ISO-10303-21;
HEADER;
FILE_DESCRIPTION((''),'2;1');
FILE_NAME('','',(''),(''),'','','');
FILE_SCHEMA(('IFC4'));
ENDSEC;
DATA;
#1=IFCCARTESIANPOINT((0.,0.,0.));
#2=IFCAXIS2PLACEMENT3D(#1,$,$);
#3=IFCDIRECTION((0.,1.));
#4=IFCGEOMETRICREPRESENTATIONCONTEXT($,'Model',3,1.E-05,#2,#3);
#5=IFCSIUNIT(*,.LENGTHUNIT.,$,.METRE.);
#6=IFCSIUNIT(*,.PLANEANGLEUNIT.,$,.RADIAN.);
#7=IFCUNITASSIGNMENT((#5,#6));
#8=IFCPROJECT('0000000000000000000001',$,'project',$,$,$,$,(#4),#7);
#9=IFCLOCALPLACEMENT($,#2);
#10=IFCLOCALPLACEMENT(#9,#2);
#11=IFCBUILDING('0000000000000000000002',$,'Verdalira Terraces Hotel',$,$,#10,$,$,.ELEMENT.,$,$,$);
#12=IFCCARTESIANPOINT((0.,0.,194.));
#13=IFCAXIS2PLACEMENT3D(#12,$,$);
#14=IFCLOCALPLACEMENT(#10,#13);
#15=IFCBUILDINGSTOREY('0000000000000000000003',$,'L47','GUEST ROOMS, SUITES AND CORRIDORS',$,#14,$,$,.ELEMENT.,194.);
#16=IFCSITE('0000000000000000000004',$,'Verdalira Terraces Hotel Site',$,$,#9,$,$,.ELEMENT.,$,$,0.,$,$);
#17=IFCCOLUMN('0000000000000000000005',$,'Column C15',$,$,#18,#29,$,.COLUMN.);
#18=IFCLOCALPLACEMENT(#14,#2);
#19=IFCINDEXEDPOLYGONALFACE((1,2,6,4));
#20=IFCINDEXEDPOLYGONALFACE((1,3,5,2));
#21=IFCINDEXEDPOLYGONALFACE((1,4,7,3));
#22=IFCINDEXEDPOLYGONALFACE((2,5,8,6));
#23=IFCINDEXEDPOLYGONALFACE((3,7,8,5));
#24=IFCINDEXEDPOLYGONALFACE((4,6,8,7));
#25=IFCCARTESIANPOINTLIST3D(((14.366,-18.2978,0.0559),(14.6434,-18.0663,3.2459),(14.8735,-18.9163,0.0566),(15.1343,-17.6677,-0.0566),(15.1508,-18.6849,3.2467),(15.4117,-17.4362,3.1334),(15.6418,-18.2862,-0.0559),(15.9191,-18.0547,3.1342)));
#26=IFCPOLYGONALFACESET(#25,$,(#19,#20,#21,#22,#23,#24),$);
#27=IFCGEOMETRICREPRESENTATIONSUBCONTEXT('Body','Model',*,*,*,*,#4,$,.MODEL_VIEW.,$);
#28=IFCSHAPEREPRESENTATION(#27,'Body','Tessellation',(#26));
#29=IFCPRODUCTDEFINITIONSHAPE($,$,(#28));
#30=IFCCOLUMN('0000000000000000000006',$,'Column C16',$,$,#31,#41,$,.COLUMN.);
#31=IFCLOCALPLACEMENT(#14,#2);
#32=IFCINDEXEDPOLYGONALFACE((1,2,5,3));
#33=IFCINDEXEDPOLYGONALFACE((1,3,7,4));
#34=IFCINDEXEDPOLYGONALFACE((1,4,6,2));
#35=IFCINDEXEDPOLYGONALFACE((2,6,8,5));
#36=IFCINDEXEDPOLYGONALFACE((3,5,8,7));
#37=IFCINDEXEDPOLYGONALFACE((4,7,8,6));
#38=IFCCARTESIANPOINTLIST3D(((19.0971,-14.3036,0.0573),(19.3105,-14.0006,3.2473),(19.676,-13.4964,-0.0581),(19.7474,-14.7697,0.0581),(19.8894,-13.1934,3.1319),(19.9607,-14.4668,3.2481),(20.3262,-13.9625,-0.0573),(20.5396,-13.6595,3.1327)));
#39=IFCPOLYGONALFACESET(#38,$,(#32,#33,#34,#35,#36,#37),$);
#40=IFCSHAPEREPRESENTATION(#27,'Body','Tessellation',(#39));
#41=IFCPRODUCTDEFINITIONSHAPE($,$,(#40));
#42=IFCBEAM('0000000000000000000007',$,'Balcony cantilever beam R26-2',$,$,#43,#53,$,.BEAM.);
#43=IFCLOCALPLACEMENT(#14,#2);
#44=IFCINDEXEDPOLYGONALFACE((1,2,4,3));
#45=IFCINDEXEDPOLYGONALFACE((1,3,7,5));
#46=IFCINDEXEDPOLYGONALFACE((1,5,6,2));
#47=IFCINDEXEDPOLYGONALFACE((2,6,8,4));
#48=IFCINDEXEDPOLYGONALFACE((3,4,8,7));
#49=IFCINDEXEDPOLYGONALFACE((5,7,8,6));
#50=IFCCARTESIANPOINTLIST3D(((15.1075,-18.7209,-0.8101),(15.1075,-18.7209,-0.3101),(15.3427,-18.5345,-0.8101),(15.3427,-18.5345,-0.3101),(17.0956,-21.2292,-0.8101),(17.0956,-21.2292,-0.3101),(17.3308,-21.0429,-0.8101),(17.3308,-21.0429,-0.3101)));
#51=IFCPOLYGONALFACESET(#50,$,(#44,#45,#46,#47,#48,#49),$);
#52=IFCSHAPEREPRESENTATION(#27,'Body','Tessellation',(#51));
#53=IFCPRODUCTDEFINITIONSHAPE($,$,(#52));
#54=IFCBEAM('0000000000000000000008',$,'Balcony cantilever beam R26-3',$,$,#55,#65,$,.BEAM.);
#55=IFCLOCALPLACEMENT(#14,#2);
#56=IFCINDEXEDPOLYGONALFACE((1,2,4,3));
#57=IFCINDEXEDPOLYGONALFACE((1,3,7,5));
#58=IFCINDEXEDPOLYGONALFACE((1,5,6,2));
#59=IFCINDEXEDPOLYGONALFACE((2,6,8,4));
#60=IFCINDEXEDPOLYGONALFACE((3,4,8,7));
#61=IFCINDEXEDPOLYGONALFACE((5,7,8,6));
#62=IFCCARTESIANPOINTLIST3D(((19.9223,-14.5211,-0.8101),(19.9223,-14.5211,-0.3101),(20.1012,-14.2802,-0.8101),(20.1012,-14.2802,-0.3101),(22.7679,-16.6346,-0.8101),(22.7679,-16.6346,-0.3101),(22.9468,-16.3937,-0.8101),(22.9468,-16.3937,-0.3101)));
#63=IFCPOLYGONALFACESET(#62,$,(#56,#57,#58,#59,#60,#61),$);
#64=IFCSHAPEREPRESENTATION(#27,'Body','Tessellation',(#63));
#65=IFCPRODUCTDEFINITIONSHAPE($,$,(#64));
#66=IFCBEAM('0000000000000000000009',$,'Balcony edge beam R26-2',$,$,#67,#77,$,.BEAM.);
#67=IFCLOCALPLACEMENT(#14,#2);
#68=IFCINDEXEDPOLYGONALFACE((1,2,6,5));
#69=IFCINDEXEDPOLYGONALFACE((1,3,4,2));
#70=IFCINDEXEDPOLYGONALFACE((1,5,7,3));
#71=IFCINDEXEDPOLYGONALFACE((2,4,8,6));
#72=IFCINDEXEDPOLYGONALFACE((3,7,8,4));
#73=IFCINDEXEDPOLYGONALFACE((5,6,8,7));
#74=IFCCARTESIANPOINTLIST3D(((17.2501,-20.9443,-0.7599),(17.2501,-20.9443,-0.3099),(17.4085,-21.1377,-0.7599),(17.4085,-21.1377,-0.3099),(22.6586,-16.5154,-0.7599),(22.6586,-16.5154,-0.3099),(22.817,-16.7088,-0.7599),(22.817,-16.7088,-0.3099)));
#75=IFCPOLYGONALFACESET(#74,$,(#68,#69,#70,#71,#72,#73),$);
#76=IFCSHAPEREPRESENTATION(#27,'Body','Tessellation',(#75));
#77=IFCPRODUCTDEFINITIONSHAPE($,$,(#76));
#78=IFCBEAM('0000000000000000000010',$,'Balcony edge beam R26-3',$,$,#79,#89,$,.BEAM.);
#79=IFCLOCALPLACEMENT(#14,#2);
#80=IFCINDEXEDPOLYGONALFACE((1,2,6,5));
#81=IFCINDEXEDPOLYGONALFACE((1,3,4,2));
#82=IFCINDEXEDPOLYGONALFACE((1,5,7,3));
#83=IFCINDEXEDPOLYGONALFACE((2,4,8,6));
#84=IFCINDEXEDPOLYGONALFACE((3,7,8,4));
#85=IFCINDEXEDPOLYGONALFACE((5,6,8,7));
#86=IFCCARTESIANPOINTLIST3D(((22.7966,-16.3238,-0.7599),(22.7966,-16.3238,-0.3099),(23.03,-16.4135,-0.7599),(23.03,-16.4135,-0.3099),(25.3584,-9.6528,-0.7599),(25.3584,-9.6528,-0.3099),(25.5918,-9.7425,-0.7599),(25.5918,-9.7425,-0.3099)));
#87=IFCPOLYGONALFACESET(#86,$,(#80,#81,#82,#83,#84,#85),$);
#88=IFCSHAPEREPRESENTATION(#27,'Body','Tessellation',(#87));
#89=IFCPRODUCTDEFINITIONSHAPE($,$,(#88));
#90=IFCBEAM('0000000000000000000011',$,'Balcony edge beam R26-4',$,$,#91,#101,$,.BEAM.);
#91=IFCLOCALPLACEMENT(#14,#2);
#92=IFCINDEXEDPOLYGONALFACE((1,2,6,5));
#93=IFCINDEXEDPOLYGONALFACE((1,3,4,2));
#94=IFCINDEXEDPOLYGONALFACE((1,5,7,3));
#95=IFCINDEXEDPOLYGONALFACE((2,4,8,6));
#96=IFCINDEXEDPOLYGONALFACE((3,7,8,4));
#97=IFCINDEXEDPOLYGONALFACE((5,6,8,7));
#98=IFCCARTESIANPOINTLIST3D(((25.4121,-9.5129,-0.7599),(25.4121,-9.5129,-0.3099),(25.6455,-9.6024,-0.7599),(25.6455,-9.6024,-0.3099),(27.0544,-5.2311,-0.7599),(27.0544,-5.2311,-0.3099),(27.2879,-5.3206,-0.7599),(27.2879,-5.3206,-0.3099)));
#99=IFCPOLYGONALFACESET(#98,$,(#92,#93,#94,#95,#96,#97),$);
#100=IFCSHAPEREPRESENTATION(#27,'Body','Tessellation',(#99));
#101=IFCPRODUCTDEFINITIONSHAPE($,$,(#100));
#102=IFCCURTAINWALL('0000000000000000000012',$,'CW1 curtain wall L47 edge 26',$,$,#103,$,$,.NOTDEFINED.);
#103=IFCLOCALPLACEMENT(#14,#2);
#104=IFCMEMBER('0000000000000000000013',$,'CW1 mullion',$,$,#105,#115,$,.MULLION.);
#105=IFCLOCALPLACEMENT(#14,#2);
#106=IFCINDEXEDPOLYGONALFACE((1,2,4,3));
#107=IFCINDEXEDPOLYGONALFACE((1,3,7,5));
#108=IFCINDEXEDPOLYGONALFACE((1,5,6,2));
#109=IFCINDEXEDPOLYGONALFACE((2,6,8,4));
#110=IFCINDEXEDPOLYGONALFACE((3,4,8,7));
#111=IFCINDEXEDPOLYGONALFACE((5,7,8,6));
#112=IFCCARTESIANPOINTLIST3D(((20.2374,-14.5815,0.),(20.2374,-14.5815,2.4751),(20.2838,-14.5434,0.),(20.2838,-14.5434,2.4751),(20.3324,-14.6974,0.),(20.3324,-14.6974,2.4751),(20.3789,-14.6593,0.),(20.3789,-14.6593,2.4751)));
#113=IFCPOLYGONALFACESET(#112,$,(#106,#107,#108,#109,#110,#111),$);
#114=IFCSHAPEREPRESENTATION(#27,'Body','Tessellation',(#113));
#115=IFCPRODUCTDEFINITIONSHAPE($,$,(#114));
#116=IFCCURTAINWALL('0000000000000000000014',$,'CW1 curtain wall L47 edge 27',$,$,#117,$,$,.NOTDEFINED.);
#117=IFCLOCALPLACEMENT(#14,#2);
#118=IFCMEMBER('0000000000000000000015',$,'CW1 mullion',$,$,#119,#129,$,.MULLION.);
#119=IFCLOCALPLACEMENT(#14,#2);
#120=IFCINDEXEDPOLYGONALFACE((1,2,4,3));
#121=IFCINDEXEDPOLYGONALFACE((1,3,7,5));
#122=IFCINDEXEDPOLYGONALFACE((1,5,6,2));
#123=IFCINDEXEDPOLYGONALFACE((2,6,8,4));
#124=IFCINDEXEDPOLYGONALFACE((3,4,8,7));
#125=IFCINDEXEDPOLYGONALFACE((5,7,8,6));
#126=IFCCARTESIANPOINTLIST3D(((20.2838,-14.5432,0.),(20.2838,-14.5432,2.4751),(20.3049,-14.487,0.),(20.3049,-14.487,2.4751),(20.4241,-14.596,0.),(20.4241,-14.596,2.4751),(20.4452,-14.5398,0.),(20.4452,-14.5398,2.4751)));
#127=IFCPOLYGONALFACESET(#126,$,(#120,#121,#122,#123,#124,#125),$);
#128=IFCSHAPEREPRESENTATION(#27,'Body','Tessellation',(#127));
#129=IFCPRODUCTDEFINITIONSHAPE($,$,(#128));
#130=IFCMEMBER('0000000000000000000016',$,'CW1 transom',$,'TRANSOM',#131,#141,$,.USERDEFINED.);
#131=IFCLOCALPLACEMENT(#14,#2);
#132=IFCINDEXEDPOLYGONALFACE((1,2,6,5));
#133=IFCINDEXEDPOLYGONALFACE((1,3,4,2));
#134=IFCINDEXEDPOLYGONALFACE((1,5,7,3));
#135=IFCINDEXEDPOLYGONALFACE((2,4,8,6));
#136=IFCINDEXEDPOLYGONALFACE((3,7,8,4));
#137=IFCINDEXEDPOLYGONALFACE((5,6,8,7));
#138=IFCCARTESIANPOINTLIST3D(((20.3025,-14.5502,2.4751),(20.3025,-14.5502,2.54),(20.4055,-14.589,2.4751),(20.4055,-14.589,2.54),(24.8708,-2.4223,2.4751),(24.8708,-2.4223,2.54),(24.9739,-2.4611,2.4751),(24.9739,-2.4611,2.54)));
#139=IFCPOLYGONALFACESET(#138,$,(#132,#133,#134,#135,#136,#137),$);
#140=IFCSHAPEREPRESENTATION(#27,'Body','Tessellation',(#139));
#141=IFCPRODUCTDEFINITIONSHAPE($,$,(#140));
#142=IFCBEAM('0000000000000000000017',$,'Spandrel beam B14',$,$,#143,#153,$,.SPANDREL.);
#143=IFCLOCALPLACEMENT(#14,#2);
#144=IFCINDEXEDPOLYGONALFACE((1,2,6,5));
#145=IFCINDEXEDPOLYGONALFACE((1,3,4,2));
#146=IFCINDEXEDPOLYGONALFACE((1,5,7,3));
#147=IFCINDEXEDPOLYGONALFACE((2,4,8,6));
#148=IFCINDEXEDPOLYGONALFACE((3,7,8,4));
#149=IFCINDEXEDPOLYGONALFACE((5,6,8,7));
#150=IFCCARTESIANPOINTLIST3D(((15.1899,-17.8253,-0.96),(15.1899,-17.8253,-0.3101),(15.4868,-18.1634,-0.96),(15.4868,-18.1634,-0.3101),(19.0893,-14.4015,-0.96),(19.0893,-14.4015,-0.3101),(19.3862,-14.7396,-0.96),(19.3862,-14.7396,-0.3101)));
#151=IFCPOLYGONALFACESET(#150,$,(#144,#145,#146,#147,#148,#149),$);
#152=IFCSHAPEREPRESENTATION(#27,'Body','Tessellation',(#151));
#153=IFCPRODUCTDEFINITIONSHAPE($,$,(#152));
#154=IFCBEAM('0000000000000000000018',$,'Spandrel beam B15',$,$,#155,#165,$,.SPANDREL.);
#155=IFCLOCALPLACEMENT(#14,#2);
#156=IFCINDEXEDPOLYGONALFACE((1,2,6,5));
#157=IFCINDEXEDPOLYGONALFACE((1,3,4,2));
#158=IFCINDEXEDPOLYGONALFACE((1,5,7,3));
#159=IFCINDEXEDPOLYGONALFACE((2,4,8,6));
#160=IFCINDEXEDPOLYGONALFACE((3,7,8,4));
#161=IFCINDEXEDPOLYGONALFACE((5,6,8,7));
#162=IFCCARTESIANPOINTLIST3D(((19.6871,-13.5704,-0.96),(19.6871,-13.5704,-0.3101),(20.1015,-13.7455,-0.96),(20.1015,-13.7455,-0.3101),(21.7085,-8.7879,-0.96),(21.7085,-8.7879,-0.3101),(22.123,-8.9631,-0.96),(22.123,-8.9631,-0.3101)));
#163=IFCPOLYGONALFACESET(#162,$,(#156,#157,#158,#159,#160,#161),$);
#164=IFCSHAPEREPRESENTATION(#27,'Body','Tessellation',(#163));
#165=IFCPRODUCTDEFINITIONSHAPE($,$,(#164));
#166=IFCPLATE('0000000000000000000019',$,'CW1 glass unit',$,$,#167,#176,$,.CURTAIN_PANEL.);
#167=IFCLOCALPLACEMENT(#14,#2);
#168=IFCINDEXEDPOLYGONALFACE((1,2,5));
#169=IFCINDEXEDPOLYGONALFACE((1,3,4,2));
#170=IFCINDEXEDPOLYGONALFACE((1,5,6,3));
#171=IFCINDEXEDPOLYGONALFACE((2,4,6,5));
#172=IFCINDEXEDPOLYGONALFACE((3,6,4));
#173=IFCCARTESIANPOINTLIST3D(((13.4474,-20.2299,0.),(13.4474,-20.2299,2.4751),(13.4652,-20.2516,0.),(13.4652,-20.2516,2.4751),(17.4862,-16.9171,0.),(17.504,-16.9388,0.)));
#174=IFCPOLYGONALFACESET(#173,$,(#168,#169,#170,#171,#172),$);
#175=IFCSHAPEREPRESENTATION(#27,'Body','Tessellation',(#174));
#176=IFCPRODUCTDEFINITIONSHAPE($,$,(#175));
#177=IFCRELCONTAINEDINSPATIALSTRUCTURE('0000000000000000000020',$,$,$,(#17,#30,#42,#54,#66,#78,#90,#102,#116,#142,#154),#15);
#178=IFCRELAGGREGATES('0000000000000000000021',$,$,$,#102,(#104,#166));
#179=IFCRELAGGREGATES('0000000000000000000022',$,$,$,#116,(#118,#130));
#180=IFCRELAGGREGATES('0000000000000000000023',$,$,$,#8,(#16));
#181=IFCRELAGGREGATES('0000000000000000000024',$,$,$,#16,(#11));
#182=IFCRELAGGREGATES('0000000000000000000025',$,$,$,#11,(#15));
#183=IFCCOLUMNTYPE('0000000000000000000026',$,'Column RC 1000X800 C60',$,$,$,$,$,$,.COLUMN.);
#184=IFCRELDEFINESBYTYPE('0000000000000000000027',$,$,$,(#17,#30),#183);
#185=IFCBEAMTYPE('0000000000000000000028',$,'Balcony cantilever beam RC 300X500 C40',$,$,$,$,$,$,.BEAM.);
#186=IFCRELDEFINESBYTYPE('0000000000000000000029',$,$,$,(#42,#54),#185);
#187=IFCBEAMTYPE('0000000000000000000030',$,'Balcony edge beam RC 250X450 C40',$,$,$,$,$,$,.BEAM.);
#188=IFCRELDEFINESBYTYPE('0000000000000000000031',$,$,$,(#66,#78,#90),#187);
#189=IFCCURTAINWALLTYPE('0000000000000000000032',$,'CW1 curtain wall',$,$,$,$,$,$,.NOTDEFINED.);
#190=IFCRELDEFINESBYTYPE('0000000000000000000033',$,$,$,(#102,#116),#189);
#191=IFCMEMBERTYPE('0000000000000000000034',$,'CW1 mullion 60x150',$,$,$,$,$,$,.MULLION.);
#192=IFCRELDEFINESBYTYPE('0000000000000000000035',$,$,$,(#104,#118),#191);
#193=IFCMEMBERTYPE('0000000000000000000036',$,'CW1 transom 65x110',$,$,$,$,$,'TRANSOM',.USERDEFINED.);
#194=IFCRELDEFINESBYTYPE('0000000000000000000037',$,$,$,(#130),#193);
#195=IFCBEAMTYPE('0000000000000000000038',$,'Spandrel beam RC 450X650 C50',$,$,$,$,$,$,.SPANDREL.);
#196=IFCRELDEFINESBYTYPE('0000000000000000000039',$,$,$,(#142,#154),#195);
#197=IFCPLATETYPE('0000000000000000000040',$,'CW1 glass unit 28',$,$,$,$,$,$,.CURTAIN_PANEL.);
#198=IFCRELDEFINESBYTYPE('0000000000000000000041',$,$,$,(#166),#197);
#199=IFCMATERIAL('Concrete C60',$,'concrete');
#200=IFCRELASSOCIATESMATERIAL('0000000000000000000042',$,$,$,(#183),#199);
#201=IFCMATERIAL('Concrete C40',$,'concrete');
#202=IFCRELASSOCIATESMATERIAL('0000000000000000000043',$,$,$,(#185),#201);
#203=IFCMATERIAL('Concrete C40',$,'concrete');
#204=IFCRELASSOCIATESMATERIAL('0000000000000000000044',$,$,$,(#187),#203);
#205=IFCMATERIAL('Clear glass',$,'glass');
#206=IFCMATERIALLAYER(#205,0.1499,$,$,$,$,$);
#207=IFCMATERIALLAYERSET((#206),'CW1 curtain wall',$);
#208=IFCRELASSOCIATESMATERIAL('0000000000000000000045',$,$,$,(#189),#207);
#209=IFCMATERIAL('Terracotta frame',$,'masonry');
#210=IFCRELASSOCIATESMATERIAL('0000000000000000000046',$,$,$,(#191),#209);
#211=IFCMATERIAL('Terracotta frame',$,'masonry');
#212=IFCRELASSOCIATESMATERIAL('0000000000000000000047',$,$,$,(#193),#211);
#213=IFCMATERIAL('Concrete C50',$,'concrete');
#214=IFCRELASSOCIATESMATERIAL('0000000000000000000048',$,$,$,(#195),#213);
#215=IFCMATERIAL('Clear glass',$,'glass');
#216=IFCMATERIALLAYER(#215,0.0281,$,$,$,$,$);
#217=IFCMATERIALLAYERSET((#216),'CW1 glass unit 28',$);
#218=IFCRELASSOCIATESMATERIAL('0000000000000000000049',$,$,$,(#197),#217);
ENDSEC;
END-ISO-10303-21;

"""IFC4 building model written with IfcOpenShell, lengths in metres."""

from ifc_helpers import new_model, si_unit, direction, frame, origin, origin_2d, place, context, subcontext, project, spatial, polyline, rectangle, outline, extrude, material, layer, layer_set, material_profile, profile_set, type_object, element, aggregate, save


model = new_model("IFC4")

# Units and contexts
model_context = context("Model", 3, precision=1e-05, world=origin(), true_north=direction((0.0, 1.0)))
body_context = subcontext(model_context, "Body", "Model", "MODEL_VIEW")
ifc_project = project(units=[si_unit("LENGTHUNIT", "METRE"), si_unit("PLANEANGLEUNIT", "RADIAN")], contexts=[model_context])

# Site, building, storey
site_placement = place(None, origin())
site = spatial("IfcSite", under=ifc_project, at=site_placement, Name="Verdalira Terraces Hotel Site", CompositionType="ELEMENT", RefElevation=0.0)
building_placement = place(site_placement, origin())
building = spatial("IfcBuilding", under=site, at=building_placement, Name="Verdalira Terraces Hotel", CompositionType="ELEMENT")
storey_placement = place(building_placement, frame((0.0, 0.0, 194.0)))
storey = spatial("IfcBuildingStorey", under=building, at=storey_placement, Name="L47", Description="GUEST ROOMS, SUITES AND CORRIDORS", CompositionType="ELEMENT", Elevation=194.0)

# Columns
ifc_material_1 = material(Name="Concrete C60", Category="concrete")
ifc_material_profile_1 = material_profile(ifc_material_1, rectangle(XDim=1.0, YDim=0.8, at=origin_2d()), Name="RC 1000X800")
ifc_profile_set_1 = profile_set([ifc_material_profile_1], Name="Concrete C60")
column_type = type_object("IfcColumnType", Name="Column RC 1000X800 C60", PredefinedType="COLUMN", material=ifc_profile_set_1)
column_1_placement = place(storey_placement, frame((15.0039, -18.292, 0.0), z_axis=(0.086391, 0.072094, 0.993649), x_axis=(0.768277, 0.630151, -0.112517)))
element("IfcColumn", 1, at=column_1_placement, inside=storey, type_object=column_type, Name="Column C15", PredefinedType="COLUMN", context=body_context, shape_type="SweptSolid", body=[
    extrude(rectangle(XDim=1.0, YDim=0.8, at=origin_2d()), origin(), (0.0, 0.0, 1.0), 3.2104),
])
column_2_placement = place(storey_placement, frame((19.7117, -14.1331, 0.0), z_axis=(0.066444, 0.094345, 0.99332), x_axis=(-0.578832, -0.807242, 0.11539)))
element("IfcColumn", 2, at=column_2_placement, inside=storey, type_object=column_type, Name="Column C16", PredefinedType="COLUMN", context=body_context, shape_type="SweptSolid", body=[
    extrude(rectangle(XDim=1.0, YDim=0.8, at=origin_2d()), origin(), (0.0, 0.0, 1.0), 3.2114),
])

# Beams
ifc_material_2 = material(Name="Concrete C40", Category="concrete")
ifc_material_profile_2 = material_profile(ifc_material_2, rectangle(XDim=0.3, YDim=0.5, at=origin_2d()), Name="RC 300X500")
ifc_profile_set_2 = profile_set([ifc_material_profile_2], Name="Concrete C40")
beam_type_1 = type_object("IfcBeamType", Name="Balcony cantilever beam RC 300X500 C40", PredefinedType="BEAM", material=ifc_profile_set_2)
beam_1_placement = place(storey_placement, frame((15.2251, -18.6277, -0.5601), z_axis=(0.621144, -0.783696, 0.0), x_axis=(0.783696, 0.621144, 0.0)))
element("IfcBeam", 3, at=beam_1_placement, inside=storey, type_object=beam_type_1, Name="Balcony cantilever beam R26-2", PredefinedType="BEAM", context=body_context, shape_type="SweptSolid", body=[
    extrude(rectangle(XDim=0.3, YDim=0.5, at=origin_2d()), origin(), (0.0, 0.0, 1.0), 3.2007),
])
beam_2_placement = place(storey_placement, frame((20.0117, -14.4006, -0.5601), z_axis=(0.802801, -0.596247, 0.0), x_axis=(0.596247, 0.802801, 0.0)))
element("IfcBeam", 4, at=beam_2_placement, inside=storey, type_object=beam_type_1, Name="Balcony cantilever beam R26-3", PredefinedType="BEAM", context=body_context, shape_type="SweptSolid", body=[
    extrude(rectangle(XDim=0.3, YDim=0.5, at=origin_2d()), origin(), (0.0, 0.0, 1.0), 3.5447),
])
ifc_material_3 = material(Name="Concrete C40", Category="concrete")
ifc_material_profile_3 = material_profile(ifc_material_3, rectangle(XDim=0.25, YDim=0.45, at=origin_2d()), Name="RC 250X450")
ifc_profile_set_3 = profile_set([ifc_material_profile_3], Name="Concrete C40")
beam_type_2 = type_object("IfcBeamType", Name="Balcony edge beam RC 250X450 C40", PredefinedType="BEAM", material=ifc_profile_set_3)
beam_3_placement = place(storey_placement, frame((17.3293, -21.041, -0.5349), z_axis=(0.773686, 0.633569, 0.0), x_axis=(-0.633569, 0.773686, 0.0)))
element("IfcBeam", 5, at=beam_3_placement, inside=storey, type_object=beam_type_2, Name="Balcony edge beam R26-2", PredefinedType="BEAM", context=body_context, shape_type="SweptSolid", body=[
    extrude(rectangle(XDim=0.25, YDim=0.45, at=origin_2d()), origin(), (0.0, 0.0, 1.0), 6.9905),
])
beam_4_placement = place(storey_placement, frame((22.9133, -16.3687, -0.5349), z_axis=(0.358496, 0.933531, 0.0), x_axis=(-0.933531, 0.358496, 0.0)))
element("IfcBeam", 6, at=beam_4_placement, inside=storey, type_object=beam_type_2, Name="Balcony edge beam R26-3", PredefinedType="BEAM", context=body_context, shape_type="SweptSolid", body=[
    extrude(rectangle(XDim=0.25, YDim=0.45, at=origin_2d()), origin(), (0.0, 0.0, 1.0), 7.146),
])
beam_5_placement = place(storey_placement, frame((25.5288, -9.5576, -0.5349), z_axis=(0.358126, 0.933673, 0.0), x_axis=(-0.933673, 0.358126, 0.0)))
element("IfcBeam", 7, at=beam_5_placement, inside=storey, type_object=beam_type_2, Name="Balcony edge beam R26-4", PredefinedType="BEAM", context=body_context, shape_type="SweptSolid", body=[
    extrude(rectangle(XDim=0.25, YDim=0.45, at=origin_2d()), origin(), (0.0, 0.0, 1.0), 4.5859),
])

# Curtain wall, member
ifc_material_4 = material(Name="Clear glass", Category="glass")
ifc_layer_1 = layer(ifc_material_4, 0.1499)
ifc_layer_set_1 = layer_set([ifc_layer_1], Name="CW1 curtain wall")
curtain_wall_type = type_object("IfcCurtainWallType", Name="CW1 curtain wall", PredefinedType="NOTDEFINED", material=ifc_layer_set_1)
curtain_wall_1_placement = place(storey_placement, origin())
curtain_wall_1 = element("IfcCurtainWall", 8, at=curtain_wall_1_placement, inside=storey, type_object=curtain_wall_type, Name="CW1 curtain wall L47 edge 26", PredefinedType="NOTDEFINED")
ifc_material_5 = material(Name="Terracotta frame", Category="masonry")
ifc_material_profile_4 = material_profile(ifc_material_5, rectangle(XDim=0.0601, YDim=0.1499, at=origin_2d()), Name="MU 60x150")
ifc_profile_set_4 = profile_set([ifc_material_profile_4], Name="Terracotta frame")
member_type_1 = type_object("IfcMemberType", Name="CW1 mullion 60x150", PredefinedType="MULLION", material=ifc_profile_set_4)
member_1_placement = place(storey_placement, frame((20.3081, -14.6204, 0.0), z_axis=(0.0, 0.0, 1.0), x_axis=(0.773177, 0.634191, 0.0)))
member_1 = element("IfcMember", 9, at=member_1_placement, type_object=member_type_1, Name="CW1 mullion", PredefinedType="MULLION", context=body_context, shape_type="SweptSolid", body=[
    extrude(rectangle(XDim=0.0601, YDim=0.1499, at=origin_2d()), origin(), (0.0, 0.0, 1.0), 2.4751),
])

# Curtain wall, members
curtain_wall_2_placement = place(storey_placement, origin())
curtain_wall_2 = element("IfcCurtainWall", 10, at=curtain_wall_2_placement, inside=storey, type_object=curtain_wall_type, Name="CW1 curtain wall L47 edge 27", PredefinedType="NOTDEFINED")
member_2_placement = place(storey_placement, frame((20.3645, -14.5415, 0.0), z_axis=(0.0, 0.0, 1.0), x_axis=(0.352495, 0.935814, 0.0)))
member_2 = element("IfcMember", 11, at=member_2_placement, type_object=member_type_1, Name="CW1 mullion", PredefinedType="MULLION", context=body_context, shape_type="SweptSolid", body=[
    extrude(rectangle(XDim=0.0601, YDim=0.1499, at=origin_2d()), origin(), (0.0, 0.0, 1.0), 2.4751),
])
ifc_material_6 = material(Name="Terracotta frame", Category="masonry")
ifc_material_profile_5 = material_profile(ifc_material_6, rectangle(XDim=0.1101, YDim=0.0649, at=origin_2d()), Name="TR 65x110")
ifc_profile_set_5 = profile_set([ifc_material_profile_5], Name="Terracotta frame")
member_type_2 = type_object("IfcMemberType", Name="CW1 transom 65x110", ElementType="TRANSOM", PredefinedType="USERDEFINED", material=ifc_profile_set_5)
member_3_placement = place(storey_placement, frame((20.354, -14.5696, 2.5076), z_axis=(0.352502, 0.935811, 0.0), x_axis=(-0.935811, 0.352502, 0.0)))
member_3 = element("IfcMember", 12, at=member_3_placement, type_object=member_type_2, Name="CW1 transom", ObjectType="TRANSOM", PredefinedType="USERDEFINED", context=body_context, shape_type="SweptSolid", body=[
    extrude(rectangle(XDim=0.1101, YDim=0.0649, at=origin_2d()), origin(), (0.0, 0.0, 1.0), 12.9597),
])

# Beams
ifc_material_7 = material(Name="Concrete C50", Category="concrete")
ifc_material_profile_6 = material_profile(ifc_material_7, rectangle(XDim=0.45, YDim=0.6499, at=origin_2d()), Name="RC 450X650")
ifc_profile_set_6 = profile_set([ifc_material_profile_6], Name="Concrete C50")
beam_type_3 = type_object("IfcBeamType", Name="Spandrel beam RC 450X650 C50", PredefinedType="SPANDREL", material=ifc_profile_set_6)
beam_6_placement = place(storey_placement, frame((15.3384, -17.9944, -0.635), z_axis=(0.751445, 0.659796, 0.0), x_axis=(-0.659796, 0.751445, 0.0)))
element("IfcBeam", 13, at=beam_6_placement, inside=storey, type_object=beam_type_3, Name="Spandrel beam B14", PredefinedType="SPANDREL", context=body_context, shape_type="SweptSolid", body=[
    extrude(rectangle(XDim=0.45, YDim=0.6499, at=origin_2d()), origin(), (0.0, 0.0, 1.0), 5.1892),
])
beam_7_placement = place(storey_placement, frame((19.8943, -13.658, -0.635), z_axis=(0.389335, 0.921096, 0.0), x_axis=(-0.921096, 0.389335, 0.0)))
element("IfcBeam", 14, at=beam_7_placement, inside=storey, type_object=beam_type_3, Name="Spandrel beam B15", PredefinedType="SPANDREL", context=body_context, shape_type="SweptSolid", body=[
    extrude(rectangle(XDim=0.45, YDim=0.6499, at=origin_2d()), origin(), (0.0, 0.0, 1.0), 5.1921),
])

# Plate
ifc_material_8 = material(Name="Clear glass", Category="glass")
ifc_layer_2 = layer(ifc_material_8, 0.0281)
ifc_layer_set_2 = layer_set([ifc_layer_2], Name="CW1 glass unit 28")
plate_type = type_object("IfcPlateType", Name="CW1 glass unit 28", PredefinedType="CURTAIN_PANEL", material=ifc_layer_set_2)
plate_1_placement = place(storey_placement, frame((15.4668, -18.5735, 1.2375), z_axis=(0.634191, -0.773177, 0.0), x_axis=(0.773177, 0.634191, 0.0)))
plate_1 = element("IfcPlate", 15, at=plate_1_placement, type_object=plate_type, Name="CW1 glass unit", PredefinedType="CURTAIN_PANEL", context=body_context, shape_type="SweptSolid", body=[
    extrude(outline(polyline([(-2.6118, -1.2375), (2.6118, -1.2375), (-2.6118, 1.2375), (-2.6118, -1.2375)])), origin(), (0.0, 0.0, 1.0), 0.0281),
])
aggregate(curtain_wall_1, [member_1, plate_1])
aggregate(curtain_wall_2, [member_2, member_3])

save(model, "model.ifc")
